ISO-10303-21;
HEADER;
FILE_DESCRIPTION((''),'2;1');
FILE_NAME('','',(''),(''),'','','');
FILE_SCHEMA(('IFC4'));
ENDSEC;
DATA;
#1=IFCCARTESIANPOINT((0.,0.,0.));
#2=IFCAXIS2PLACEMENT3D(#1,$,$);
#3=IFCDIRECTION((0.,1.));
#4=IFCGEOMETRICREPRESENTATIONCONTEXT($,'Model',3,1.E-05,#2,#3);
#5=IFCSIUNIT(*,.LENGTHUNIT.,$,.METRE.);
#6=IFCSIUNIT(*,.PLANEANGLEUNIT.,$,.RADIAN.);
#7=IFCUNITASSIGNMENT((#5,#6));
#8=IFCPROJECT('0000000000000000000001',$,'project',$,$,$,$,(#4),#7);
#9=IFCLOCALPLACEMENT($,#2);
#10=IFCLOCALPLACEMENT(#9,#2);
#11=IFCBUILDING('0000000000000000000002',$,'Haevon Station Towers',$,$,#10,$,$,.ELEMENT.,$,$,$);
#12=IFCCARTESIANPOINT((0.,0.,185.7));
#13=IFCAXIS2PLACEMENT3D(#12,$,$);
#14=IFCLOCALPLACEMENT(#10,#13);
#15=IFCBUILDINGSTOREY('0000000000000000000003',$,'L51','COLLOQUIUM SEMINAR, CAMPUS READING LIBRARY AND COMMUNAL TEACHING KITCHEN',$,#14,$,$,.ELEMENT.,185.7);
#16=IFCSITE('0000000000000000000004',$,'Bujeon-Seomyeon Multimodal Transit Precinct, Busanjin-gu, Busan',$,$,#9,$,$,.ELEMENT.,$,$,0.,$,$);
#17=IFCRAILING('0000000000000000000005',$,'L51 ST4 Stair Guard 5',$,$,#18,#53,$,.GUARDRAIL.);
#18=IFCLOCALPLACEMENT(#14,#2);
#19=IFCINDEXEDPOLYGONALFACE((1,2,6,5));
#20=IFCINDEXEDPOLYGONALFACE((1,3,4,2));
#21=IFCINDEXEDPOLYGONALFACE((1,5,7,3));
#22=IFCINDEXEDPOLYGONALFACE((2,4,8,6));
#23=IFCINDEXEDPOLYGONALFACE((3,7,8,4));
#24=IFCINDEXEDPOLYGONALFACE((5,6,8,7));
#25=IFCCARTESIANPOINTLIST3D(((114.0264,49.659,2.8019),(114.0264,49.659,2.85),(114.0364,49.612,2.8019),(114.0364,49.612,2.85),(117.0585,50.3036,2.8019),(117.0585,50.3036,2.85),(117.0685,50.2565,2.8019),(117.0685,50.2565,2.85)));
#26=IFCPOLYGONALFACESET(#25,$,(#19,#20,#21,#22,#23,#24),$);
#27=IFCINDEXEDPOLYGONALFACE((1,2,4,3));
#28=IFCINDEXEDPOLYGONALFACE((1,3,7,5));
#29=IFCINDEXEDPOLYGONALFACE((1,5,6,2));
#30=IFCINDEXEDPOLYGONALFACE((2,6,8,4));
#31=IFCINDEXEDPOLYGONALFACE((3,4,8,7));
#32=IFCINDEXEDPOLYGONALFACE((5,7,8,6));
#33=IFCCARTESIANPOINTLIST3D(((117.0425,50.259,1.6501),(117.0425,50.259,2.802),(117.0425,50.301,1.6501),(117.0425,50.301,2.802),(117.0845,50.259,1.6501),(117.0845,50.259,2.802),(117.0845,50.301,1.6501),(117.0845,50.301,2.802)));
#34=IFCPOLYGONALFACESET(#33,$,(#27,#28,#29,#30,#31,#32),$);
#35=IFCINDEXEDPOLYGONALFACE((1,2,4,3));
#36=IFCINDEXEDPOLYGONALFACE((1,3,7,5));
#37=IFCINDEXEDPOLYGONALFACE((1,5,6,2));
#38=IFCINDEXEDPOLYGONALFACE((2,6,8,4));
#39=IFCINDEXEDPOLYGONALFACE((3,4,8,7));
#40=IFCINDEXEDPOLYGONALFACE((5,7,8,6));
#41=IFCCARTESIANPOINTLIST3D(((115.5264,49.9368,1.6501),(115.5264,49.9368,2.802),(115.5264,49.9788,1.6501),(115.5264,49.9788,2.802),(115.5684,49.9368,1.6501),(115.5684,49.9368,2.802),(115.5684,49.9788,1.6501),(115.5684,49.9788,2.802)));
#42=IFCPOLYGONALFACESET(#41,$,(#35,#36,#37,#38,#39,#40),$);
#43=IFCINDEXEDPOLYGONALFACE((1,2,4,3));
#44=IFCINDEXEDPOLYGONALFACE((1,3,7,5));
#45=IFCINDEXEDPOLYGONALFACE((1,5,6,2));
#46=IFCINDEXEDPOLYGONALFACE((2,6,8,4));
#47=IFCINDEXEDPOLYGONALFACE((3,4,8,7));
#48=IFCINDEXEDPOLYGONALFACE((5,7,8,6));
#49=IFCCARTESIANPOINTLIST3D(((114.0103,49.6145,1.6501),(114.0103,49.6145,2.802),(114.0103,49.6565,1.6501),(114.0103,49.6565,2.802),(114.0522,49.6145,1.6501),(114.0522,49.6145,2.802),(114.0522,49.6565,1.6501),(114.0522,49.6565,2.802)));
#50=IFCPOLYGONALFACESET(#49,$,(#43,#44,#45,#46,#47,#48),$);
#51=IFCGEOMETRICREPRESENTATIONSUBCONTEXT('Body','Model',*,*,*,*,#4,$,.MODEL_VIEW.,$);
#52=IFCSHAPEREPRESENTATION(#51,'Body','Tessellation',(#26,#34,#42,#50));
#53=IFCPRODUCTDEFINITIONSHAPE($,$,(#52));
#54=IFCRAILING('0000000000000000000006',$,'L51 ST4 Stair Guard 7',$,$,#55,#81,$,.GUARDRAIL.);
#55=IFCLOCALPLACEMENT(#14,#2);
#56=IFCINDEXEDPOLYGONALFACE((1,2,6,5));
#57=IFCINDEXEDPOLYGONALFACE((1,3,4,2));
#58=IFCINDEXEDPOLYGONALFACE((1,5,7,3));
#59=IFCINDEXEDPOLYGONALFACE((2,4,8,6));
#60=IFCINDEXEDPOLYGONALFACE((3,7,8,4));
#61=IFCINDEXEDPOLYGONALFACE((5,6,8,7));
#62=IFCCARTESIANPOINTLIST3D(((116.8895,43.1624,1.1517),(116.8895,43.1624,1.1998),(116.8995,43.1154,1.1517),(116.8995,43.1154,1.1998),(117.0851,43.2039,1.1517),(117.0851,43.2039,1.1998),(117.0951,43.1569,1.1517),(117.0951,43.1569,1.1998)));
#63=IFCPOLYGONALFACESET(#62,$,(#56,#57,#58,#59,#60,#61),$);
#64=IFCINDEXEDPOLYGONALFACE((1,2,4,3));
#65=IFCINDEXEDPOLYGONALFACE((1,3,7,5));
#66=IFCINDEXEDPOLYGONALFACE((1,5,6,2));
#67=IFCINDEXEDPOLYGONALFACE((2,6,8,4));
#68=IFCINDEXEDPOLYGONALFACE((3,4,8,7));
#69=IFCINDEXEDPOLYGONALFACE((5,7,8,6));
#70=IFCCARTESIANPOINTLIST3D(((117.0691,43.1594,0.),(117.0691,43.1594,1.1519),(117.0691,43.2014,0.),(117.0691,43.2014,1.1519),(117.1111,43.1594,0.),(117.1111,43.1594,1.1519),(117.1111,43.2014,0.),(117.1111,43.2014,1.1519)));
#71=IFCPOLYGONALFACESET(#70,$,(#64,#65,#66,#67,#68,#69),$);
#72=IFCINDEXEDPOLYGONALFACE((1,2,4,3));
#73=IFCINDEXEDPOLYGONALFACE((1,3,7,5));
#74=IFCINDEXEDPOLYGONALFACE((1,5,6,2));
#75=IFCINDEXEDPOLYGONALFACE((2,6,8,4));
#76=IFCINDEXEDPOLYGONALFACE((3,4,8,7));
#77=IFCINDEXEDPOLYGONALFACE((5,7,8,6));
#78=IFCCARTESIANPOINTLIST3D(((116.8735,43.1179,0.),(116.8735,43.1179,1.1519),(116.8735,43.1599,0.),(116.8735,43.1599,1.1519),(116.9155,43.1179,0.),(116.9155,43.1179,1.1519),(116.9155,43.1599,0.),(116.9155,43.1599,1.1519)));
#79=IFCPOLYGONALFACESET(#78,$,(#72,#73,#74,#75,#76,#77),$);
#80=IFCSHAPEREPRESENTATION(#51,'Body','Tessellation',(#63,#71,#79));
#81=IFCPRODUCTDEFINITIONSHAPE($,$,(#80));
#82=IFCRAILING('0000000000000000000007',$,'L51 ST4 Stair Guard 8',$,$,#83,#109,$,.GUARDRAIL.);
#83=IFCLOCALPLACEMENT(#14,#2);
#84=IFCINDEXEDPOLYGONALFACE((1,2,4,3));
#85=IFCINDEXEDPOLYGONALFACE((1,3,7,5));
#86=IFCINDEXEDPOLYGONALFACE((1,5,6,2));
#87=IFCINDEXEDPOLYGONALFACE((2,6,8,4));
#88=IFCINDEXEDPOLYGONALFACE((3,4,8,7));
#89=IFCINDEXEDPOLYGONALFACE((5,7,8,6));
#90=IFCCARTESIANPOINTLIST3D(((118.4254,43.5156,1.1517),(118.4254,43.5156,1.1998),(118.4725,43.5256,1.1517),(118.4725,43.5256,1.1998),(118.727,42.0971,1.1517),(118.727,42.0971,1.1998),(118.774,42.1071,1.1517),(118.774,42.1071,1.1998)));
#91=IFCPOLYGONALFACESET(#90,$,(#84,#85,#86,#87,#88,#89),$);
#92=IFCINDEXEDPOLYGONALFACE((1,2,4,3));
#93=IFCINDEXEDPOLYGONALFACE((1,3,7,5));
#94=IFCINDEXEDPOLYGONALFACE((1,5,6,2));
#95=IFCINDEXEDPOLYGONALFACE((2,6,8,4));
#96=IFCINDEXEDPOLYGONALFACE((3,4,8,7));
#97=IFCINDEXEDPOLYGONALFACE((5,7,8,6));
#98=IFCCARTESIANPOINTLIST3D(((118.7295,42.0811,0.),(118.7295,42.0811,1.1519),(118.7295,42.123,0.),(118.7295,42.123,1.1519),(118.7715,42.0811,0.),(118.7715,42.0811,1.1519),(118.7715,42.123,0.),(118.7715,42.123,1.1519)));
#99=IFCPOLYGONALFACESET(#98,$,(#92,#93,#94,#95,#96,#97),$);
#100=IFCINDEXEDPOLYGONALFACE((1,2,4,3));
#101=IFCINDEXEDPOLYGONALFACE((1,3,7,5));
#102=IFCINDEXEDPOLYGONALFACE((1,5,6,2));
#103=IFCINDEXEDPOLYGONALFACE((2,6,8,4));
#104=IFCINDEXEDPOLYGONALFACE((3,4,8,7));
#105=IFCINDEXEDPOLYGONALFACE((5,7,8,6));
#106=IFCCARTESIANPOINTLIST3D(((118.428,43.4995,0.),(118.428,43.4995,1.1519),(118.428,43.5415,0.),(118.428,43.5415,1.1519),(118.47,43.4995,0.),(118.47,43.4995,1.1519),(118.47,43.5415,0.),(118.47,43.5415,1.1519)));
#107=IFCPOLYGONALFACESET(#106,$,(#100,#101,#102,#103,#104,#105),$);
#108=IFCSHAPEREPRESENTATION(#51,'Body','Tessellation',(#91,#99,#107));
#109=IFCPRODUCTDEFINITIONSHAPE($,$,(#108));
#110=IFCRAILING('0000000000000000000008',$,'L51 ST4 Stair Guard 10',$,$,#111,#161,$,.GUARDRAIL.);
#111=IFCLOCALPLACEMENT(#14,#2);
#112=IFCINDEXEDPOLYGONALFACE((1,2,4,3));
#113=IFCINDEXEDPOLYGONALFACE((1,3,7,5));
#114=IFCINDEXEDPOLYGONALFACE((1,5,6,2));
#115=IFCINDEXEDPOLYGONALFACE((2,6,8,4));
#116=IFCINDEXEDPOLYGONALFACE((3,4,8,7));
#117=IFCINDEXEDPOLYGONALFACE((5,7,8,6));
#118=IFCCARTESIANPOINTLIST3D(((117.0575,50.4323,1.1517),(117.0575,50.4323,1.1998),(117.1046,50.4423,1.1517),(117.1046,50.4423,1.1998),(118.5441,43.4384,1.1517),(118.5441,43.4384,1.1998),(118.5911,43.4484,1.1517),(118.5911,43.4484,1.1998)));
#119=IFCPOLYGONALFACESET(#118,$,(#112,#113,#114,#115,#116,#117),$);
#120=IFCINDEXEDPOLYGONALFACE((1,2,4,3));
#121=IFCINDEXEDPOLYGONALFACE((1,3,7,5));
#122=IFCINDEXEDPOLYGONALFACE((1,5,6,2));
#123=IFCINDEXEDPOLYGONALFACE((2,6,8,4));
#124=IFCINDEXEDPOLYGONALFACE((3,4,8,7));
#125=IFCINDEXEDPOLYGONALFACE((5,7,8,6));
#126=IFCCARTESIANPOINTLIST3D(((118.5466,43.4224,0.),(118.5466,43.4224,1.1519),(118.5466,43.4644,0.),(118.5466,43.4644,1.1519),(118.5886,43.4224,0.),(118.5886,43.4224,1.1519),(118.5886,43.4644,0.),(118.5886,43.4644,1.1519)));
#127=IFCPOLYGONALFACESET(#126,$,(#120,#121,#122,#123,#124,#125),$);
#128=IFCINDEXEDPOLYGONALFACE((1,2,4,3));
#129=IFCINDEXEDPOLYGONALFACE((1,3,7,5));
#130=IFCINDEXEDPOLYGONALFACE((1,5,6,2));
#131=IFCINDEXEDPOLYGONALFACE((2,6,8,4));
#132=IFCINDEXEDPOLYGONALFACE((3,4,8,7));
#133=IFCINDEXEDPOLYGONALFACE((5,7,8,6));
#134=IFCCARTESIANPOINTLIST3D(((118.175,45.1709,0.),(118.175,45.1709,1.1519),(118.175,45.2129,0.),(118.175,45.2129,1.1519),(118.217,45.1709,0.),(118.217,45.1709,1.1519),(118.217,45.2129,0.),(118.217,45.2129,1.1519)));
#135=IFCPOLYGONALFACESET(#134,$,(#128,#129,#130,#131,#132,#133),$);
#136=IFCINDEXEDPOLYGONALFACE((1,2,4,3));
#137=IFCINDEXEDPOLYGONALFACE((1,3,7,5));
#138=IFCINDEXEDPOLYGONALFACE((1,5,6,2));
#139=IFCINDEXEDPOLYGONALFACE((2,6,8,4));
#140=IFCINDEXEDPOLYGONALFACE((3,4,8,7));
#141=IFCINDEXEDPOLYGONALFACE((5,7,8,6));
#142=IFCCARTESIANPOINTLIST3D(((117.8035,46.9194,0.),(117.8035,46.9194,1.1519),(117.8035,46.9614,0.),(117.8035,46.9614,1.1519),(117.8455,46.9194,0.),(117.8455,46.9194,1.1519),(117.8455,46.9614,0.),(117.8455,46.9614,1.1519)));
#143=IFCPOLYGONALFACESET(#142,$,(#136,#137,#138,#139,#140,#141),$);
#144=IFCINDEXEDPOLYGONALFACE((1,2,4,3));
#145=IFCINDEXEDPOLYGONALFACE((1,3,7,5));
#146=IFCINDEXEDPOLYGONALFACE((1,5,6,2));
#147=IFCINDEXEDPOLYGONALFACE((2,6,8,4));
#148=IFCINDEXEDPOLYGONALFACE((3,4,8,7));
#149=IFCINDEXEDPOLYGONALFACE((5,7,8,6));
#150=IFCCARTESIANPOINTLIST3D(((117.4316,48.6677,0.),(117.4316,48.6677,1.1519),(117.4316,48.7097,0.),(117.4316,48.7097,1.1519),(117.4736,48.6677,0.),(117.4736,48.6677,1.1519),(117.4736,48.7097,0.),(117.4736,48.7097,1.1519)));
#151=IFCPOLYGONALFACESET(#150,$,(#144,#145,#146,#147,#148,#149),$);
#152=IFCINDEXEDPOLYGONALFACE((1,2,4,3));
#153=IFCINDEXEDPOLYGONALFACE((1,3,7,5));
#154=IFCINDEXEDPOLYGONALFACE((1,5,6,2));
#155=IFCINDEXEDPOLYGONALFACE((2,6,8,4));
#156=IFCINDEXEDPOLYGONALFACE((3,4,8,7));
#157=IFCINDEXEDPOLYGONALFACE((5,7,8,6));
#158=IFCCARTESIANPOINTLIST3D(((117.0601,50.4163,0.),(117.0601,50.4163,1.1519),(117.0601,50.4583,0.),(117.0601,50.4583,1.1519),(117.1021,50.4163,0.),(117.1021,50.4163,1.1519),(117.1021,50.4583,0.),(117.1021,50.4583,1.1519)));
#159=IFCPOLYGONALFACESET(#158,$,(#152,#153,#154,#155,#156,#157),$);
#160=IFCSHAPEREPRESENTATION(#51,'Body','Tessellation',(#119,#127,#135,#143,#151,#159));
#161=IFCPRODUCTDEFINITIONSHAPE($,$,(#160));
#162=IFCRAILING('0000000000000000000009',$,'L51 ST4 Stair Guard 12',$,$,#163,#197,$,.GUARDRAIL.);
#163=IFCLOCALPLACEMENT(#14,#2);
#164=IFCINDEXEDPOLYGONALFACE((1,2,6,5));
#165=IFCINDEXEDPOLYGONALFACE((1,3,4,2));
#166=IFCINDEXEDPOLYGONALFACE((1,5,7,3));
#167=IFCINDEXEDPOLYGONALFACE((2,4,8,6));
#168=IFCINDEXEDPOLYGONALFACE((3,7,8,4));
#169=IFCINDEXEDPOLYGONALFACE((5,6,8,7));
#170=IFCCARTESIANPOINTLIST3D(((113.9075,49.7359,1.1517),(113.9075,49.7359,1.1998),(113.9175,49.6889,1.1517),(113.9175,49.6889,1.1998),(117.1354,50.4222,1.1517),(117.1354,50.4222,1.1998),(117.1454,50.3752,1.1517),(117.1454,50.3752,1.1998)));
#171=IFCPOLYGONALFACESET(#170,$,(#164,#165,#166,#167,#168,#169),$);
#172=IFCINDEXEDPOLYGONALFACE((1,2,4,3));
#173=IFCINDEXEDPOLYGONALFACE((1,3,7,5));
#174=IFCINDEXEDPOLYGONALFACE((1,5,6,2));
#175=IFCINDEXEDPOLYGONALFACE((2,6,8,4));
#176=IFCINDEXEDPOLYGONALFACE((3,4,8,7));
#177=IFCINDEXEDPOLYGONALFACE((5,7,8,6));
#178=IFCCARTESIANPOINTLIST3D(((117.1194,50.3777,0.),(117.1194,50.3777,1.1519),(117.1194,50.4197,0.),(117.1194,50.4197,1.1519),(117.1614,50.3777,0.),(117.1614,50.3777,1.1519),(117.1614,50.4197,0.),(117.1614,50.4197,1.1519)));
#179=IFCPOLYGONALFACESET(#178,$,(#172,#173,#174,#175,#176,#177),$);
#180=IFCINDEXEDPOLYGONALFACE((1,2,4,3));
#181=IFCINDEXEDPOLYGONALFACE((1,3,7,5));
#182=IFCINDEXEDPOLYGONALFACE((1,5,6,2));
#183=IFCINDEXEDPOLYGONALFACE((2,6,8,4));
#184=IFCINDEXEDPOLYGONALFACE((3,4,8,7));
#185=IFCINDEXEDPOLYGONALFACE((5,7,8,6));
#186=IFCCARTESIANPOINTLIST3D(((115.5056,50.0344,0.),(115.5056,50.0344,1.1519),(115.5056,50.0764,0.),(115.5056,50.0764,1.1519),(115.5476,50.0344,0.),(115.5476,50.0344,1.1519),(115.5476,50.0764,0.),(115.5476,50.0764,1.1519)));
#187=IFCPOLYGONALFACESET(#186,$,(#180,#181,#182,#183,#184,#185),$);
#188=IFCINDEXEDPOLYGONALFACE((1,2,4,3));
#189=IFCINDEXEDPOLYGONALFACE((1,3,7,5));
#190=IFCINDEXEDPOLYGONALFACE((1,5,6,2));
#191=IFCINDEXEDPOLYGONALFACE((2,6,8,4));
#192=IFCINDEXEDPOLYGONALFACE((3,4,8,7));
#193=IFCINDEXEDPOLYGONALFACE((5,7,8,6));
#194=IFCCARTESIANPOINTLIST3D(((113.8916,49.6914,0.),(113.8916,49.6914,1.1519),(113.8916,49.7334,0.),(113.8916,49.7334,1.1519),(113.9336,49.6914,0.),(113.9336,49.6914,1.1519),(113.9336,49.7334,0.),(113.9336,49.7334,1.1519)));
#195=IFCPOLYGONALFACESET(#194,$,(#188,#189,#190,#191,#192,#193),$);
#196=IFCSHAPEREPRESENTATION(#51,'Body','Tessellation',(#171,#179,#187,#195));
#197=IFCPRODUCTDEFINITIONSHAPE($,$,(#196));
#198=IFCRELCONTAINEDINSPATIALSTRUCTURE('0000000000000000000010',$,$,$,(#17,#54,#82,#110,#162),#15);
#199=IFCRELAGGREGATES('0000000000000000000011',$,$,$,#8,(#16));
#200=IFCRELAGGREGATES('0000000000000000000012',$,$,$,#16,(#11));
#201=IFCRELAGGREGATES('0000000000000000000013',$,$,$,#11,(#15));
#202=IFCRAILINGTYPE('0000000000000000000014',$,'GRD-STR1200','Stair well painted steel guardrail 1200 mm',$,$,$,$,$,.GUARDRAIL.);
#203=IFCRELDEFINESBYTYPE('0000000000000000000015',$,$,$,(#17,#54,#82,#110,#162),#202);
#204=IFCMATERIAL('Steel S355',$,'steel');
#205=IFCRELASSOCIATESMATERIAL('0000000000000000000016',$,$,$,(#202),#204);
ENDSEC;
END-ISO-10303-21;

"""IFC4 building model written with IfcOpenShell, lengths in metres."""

from ifc_helpers import new_model, si_unit, direction, frame, origin, origin_2d, place, context, subcontext, project, spatial, rectangle, extrude, material, type_object, element, save


model = new_model("IFC4")

# Units and contexts
model_context = context("Model", 3, precision=1e-05, world=origin(), true_north=direction((0.0, 1.0)))
body_context = subcontext(model_context, "Body", "Model", "MODEL_VIEW")
ifc_project = project(units=[si_unit("LENGTHUNIT", "METRE"), si_unit("PLANEANGLEUNIT", "RADIAN")], contexts=[model_context])

# Site, building, storey
site_placement = place(None, origin())
site = spatial("IfcSite", under=ifc_project, at=site_placement, Name="Bujeon-Seomyeon Multimodal Transit Precinct, Busanjin-gu, Busan", CompositionType="ELEMENT", RefElevation=0.0)
building_placement = place(site_placement, origin())
building = spatial("IfcBuilding", under=site, at=building_placement, Name="Haevon Station Towers", CompositionType="ELEMENT")
storey_placement = place(building_placement, frame((0.0, 0.0, 185.7)))
storey = spatial("IfcBuildingStorey", under=building, at=storey_placement, Name="L51", Description="COLLOQUIUM SEMINAR, CAMPUS READING LIBRARY AND COMMUNAL TEACHING KITCHEN", CompositionType="ELEMENT", Elevation=185.7)

# Shared definitions
ifc_material_1 = material(Name="Steel S355", Category="steel")

# Railings
railing_type_1 = type_object("IfcRailingType", Name="GRD-STR1200", Description="Stair well painted steel guardrail 1200 mm", PredefinedType="GUARDRAIL", material=ifc_material_1)
railing_1_placement = place(storey_placement, frame((117.0635, 50.28, 1.6501)))
element("IfcRailing", 1, at=railing_1_placement, inside=storey, type_object=railing_type_1, Name="L51 ST4 Stair Guard 5", PredefinedType="GUARDRAIL", context=body_context, shape_type="SweptSolid", body=[
    extrude(rectangle(XDim=0.0481, YDim=0.0481, at=origin_2d()), frame((0.0, 0.0, 1.1758), z_axis=(-0.978147, -0.207915, 0.0), x_axis=(0.207915, -0.978147, 0.0)), (0.0, 0.0, 1.0), 3.0999),
    extrude(rectangle(XDim=0.042, YDim=0.042, at=origin_2d()), origin(), (0.0, 0.0, 1.0), 1.1519),
    extrude(rectangle(XDim=0.042, YDim=0.042, at=origin_2d()), frame((-1.5161, -0.3223, 0.0)), (0.0, 0.0, 1.0), 1.1519),
    extrude(rectangle(XDim=0.042, YDim=0.042, at=origin_2d()), frame((-3.0322, -0.6445, 0.0)), (0.0, 0.0, 1.0), 1.1519),
])
railing_2_placement = place(storey_placement, frame((117.0901, 43.1804, 0.0)))
element("IfcRailing", 2, at=railing_2_placement, inside=storey, type_object=railing_type_1, Name="L51 ST4 Stair Guard 7", PredefinedType="GUARDRAIL", context=body_context, shape_type="SweptSolid", body=[
    extrude(rectangle(XDim=0.0481, YDim=0.0481, at=origin_2d()), frame((0.0, 0.0, 1.1758), z_axis=(-0.978212, -0.20761, 0.0), x_axis=(0.20761, -0.978212, 0.0)), (0.0, 0.0, 1.0), 0.2),
    extrude(rectangle(XDim=0.042, YDim=0.042, at=origin_2d()), origin(), (0.0, 0.0, 1.0), 1.1519),
    extrude(rectangle(XDim=0.042, YDim=0.042, at=origin_2d()), frame((-0.1956, -0.0415, 0.0)), (0.0, 0.0, 1.0), 1.1519),
])
railing_3_placement = place(storey_placement, frame((118.7505, 42.1021, 0.0)))
element("IfcRailing", 3, at=railing_3_placement, inside=storey, type_object=railing_type_1, Name="L51 ST4 Stair Guard 8", PredefinedType="GUARDRAIL", context=body_context, shape_type="SweptSolid", body=[
    extrude(rectangle(XDim=0.0481, YDim=0.0481, at=origin_2d()), frame((0.0, 0.0, 1.1758), z_axis=(-0.207919, 0.978146, 0.0), x_axis=(-0.978146, -0.207919, 0.0)), (0.0, 0.0, 1.0), 1.4502),
    extrude(rectangle(XDim=0.042, YDim=0.042, at=origin_2d()), origin(), (0.0, 0.0, 1.0), 1.1519),
    extrude(rectangle(XDim=0.042, YDim=0.042, at=origin_2d()), frame((-0.3015, 1.4185, 0.0)), (0.0, 0.0, 1.0), 1.1519),
])
railing_4_placement = place(storey_placement, frame((118.5676, 43.4434, 0.0)))
element("IfcRailing", 4, at=railing_4_placement, inside=storey, type_object=railing_type_1, Name="L51 ST4 Stair Guard 10", PredefinedType="GUARDRAIL", context=body_context, shape_type="SweptSolid", body=[
    extrude(rectangle(XDim=0.0481, YDim=0.0481, at=origin_2d()), frame((0.0, 0.0, 1.1758), z_axis=(-0.207908, 0.978148, 0.0), x_axis=(-0.978148, -0.207908, 0.0)), (0.0, 0.0, 1.0), 7.1501),
    extrude(rectangle(XDim=0.042, YDim=0.042, at=origin_2d()), origin(), (0.0, 0.0, 1.0), 1.1519),
    extrude(rectangle(XDim=0.042, YDim=0.042, at=origin_2d()), frame((-0.3716, 1.7485, 0.0)), (0.0, 0.0, 1.0), 1.1519),
    extrude(rectangle(XDim=0.042, YDim=0.042, at=origin_2d()), frame((-0.7432, 3.4971, 0.0)), (0.0, 0.0, 1.0), 1.1519),
    extrude(rectangle(XDim=0.042, YDim=0.042, at=origin_2d()), frame((-1.115, 5.2454, 0.0)), (0.0, 0.0, 1.0), 1.1519),
    extrude(rectangle(XDim=0.042, YDim=0.042, at=origin_2d()), frame((-1.4866, 6.9939, 0.0)), (0.0, 0.0, 1.0), 1.1519),
])
railing_5_placement = place(storey_placement, frame((117.1404, 50.3987, 0.0)))
element("IfcRailing", 5, at=railing_5_placement, inside=storey, type_object=railing_type_1, Name="L51 ST4 Stair Guard 12", PredefinedType="GUARDRAIL", context=body_context, shape_type="SweptSolid", body=[
    extrude(rectangle(XDim=0.0481, YDim=0.0481, at=origin_2d()), frame((0.0, 0.0, 1.1758), z_axis=(-0.978136, -0.207968, 0.0), x_axis=(0.207968, -0.978136, 0.0)), (0.0, 0.0, 1.0), 3.3),
    extrude(rectangle(XDim=0.042, YDim=0.042, at=origin_2d()), origin(), (0.0, 0.0, 1.0), 1.1519),
    extrude(rectangle(XDim=0.042, YDim=0.042, at=origin_2d()), frame((-1.6138, -0.3433, 0.0)), (0.0, 0.0, 1.0), 1.1519),
    extrude(rectangle(XDim=0.042, YDim=0.042, at=origin_2d()), frame((-3.2278, -0.6863, 0.0)), (0.0, 0.0, 1.0), 1.1519),
])

save(model, "model.ifc")
